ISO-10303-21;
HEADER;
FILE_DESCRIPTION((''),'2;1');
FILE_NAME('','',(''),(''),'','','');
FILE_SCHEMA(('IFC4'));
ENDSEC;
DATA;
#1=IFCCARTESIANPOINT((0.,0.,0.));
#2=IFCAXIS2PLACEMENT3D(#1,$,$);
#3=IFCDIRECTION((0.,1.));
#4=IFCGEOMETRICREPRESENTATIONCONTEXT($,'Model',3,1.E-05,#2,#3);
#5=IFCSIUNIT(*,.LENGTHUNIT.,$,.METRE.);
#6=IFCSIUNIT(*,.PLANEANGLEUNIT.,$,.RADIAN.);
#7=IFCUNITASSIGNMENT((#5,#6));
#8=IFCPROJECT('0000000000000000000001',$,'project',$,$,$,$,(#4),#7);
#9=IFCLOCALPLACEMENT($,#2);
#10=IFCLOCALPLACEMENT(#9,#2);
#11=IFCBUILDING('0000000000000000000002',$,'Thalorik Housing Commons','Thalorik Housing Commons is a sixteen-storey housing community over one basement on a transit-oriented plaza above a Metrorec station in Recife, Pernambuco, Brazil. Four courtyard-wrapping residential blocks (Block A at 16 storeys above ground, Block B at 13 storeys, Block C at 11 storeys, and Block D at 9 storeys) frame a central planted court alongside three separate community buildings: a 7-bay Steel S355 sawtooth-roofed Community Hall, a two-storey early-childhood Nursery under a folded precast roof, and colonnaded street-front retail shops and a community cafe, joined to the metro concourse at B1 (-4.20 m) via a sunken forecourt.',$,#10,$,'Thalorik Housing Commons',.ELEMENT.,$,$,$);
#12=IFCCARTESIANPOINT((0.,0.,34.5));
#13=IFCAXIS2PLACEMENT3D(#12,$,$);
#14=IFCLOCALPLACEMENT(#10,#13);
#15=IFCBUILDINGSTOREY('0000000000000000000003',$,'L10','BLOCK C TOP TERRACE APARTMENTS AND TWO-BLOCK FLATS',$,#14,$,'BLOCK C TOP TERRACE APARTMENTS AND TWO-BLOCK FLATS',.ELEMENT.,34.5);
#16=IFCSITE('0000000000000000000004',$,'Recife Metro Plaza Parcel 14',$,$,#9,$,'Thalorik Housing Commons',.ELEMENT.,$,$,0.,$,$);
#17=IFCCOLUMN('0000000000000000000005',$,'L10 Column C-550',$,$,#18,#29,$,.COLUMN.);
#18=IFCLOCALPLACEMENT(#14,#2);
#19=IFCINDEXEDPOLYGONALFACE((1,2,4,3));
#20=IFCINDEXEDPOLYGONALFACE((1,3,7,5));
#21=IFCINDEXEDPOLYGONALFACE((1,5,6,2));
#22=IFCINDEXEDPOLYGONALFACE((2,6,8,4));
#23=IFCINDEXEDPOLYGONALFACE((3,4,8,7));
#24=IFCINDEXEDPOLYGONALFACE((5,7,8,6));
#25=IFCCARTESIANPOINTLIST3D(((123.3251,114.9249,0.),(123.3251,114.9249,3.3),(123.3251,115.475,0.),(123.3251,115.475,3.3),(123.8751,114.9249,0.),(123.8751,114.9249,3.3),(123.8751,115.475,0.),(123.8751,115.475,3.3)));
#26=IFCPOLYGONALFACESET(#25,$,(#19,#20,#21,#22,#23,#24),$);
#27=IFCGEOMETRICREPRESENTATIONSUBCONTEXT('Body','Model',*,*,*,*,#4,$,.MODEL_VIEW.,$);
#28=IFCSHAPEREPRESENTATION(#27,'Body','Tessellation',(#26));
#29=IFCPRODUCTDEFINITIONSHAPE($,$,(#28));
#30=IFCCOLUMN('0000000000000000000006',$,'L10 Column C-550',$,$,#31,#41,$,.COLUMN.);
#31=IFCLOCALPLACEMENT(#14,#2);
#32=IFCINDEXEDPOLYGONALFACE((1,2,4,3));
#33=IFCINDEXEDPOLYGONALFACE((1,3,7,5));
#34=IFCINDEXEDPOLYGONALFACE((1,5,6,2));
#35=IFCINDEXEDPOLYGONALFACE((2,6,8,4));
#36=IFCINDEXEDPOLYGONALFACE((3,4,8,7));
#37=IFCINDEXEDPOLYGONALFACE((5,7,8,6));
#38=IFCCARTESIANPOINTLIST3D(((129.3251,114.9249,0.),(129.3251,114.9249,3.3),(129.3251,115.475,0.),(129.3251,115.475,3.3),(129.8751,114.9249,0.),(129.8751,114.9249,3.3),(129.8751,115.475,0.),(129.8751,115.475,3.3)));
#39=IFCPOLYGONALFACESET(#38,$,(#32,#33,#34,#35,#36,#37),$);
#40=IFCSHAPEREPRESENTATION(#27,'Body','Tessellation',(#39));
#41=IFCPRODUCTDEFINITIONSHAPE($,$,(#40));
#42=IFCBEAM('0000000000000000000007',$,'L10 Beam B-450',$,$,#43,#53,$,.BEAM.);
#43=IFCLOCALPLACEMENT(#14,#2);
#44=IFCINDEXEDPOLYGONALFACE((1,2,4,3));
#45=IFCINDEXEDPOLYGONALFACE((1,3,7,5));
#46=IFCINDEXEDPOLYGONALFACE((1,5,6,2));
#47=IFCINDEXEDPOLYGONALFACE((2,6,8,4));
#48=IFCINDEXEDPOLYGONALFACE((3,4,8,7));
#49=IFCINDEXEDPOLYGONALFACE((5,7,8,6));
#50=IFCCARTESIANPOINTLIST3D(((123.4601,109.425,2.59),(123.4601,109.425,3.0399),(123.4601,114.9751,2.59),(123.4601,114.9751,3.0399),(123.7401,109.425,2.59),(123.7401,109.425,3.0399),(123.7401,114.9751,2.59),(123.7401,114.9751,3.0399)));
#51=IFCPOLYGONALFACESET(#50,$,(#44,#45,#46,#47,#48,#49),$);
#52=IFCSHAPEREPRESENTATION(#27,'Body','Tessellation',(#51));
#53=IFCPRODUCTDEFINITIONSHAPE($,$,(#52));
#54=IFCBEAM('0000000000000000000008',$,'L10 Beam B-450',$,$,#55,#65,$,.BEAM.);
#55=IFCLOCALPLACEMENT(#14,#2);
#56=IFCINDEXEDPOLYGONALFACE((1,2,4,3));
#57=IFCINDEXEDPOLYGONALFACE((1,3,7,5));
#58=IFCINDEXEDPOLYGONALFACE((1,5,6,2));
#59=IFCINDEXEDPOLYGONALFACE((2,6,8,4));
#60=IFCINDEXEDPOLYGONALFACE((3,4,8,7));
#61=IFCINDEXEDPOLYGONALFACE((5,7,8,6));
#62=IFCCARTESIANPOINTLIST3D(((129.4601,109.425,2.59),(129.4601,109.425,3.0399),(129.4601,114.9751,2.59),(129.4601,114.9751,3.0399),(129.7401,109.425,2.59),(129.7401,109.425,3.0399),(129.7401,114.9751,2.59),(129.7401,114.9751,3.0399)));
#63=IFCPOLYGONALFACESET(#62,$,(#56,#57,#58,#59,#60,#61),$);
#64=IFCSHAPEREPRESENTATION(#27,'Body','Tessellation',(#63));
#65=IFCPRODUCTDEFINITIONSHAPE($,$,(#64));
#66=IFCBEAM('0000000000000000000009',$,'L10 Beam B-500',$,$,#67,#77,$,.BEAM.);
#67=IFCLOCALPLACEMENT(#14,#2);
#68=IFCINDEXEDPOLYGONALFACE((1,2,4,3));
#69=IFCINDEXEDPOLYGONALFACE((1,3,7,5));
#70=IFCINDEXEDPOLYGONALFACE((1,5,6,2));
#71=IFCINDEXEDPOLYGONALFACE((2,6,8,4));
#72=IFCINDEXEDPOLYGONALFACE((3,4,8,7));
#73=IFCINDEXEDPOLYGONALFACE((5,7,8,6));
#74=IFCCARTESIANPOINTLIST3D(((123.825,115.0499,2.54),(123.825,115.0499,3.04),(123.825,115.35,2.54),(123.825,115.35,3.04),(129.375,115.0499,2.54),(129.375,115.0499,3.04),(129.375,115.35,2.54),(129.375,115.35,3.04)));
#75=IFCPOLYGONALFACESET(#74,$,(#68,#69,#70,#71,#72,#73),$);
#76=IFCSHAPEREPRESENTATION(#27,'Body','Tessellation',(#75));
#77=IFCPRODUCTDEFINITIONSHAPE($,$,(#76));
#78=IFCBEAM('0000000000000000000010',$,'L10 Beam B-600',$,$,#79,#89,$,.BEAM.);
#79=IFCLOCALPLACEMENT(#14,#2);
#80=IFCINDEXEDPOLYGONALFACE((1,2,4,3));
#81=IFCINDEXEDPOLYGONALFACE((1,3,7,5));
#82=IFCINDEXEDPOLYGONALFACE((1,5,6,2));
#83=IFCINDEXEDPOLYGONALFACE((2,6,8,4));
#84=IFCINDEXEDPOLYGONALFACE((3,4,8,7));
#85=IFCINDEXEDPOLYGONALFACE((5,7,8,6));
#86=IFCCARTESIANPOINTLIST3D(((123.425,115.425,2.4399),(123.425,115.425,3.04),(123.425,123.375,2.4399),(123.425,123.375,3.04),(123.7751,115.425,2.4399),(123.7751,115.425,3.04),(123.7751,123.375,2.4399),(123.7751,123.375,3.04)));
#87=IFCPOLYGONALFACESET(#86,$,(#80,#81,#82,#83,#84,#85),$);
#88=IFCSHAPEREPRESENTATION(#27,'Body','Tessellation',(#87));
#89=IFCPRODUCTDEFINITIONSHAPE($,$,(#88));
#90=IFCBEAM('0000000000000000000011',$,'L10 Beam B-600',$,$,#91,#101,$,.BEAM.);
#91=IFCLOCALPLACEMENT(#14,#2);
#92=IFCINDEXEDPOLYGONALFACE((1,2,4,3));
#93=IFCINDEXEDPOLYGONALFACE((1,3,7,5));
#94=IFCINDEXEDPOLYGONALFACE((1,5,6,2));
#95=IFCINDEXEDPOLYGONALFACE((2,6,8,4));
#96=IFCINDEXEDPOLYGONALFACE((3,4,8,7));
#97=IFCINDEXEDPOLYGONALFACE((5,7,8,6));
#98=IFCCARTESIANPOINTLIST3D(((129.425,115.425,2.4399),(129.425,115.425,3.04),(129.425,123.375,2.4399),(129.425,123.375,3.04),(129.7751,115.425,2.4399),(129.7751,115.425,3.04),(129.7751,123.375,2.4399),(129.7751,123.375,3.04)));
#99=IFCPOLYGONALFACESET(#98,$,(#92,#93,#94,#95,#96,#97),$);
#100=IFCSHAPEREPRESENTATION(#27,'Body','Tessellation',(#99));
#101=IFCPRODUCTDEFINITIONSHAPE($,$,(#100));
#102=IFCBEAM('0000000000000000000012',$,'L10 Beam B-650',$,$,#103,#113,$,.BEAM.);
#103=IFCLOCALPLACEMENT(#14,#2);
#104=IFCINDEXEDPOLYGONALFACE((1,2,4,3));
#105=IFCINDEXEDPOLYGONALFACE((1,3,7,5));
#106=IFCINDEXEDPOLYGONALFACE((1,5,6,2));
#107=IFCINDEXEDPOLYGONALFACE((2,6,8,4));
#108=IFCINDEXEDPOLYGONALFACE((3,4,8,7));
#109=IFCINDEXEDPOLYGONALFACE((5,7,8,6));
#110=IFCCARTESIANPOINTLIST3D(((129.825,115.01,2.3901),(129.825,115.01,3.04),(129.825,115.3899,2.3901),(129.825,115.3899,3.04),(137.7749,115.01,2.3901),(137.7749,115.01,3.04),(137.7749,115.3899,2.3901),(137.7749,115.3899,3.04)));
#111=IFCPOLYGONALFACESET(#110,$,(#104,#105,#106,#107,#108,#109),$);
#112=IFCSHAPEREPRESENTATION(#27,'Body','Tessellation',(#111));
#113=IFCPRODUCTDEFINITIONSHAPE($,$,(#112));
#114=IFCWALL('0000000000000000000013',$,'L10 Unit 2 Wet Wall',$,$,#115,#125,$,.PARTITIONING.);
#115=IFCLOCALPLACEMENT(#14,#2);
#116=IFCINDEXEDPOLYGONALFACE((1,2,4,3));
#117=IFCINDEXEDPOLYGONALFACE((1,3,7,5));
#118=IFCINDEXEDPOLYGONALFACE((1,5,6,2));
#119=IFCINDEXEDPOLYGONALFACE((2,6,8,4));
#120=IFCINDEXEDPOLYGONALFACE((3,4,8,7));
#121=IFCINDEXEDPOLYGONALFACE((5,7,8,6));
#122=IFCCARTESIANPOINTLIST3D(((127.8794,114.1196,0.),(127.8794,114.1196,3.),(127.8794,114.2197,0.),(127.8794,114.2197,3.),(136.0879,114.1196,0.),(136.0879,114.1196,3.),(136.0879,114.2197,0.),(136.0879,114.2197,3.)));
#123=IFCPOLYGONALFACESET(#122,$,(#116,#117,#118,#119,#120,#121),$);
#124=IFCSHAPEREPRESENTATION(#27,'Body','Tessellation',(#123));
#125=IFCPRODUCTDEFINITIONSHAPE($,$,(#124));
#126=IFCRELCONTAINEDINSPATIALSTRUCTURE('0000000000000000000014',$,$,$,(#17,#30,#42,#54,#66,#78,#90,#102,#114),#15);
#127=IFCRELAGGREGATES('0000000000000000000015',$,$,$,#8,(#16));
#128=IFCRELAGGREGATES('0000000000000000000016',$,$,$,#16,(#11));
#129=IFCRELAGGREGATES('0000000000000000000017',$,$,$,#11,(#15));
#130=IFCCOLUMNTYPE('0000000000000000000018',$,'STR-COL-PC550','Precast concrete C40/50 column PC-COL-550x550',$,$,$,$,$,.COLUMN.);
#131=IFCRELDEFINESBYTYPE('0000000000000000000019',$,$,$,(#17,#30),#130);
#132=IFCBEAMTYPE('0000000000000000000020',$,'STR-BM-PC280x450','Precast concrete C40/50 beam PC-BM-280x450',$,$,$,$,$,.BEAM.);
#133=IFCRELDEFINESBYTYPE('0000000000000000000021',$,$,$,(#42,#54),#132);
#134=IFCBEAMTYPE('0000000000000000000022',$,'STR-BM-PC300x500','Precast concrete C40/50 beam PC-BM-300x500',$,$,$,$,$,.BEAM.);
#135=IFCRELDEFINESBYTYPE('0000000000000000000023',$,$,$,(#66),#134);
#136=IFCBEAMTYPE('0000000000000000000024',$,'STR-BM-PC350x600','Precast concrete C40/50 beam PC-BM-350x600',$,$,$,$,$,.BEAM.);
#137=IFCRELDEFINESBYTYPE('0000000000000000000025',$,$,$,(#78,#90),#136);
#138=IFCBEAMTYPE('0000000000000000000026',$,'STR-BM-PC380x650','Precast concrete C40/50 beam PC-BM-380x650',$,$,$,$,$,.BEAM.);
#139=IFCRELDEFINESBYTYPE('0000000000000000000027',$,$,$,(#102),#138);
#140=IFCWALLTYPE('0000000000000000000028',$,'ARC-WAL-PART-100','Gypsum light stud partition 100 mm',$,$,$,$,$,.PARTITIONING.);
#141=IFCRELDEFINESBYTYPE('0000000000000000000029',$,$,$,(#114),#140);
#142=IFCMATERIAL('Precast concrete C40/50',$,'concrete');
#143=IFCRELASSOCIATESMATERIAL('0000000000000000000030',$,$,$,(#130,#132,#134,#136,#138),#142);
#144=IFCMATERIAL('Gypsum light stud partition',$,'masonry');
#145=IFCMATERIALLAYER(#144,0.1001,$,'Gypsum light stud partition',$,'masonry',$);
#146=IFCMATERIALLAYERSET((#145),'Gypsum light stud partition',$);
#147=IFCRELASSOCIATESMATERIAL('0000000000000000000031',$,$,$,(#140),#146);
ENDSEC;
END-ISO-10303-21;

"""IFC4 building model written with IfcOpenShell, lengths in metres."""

from ifc_helpers import new_model, si_unit, direction, frame, frame_2d, origin, origin_2d, place, context, subcontext, project, spatial, rectangle, extrude, material, layer, layer_set, material_profile, profile_set, type_object, element, save


model = new_model("IFC4")

# Units and contexts
model_context = context("Model", 3, precision=1e-05, world=origin(), true_north=direction((0.0, 1.0)))
body_context = subcontext(model_context, "Body", "Model", "MODEL_VIEW")
ifc_project = project(units=[si_unit("LENGTHUNIT", "METRE"), si_unit("PLANEANGLEUNIT", "RADIAN")], contexts=[model_context])

# Site, building, storey
site_placement = place(None, origin())
site = spatial("IfcSite", under=ifc_project, at=site_placement, Name="Recife Metro Plaza Parcel 14", LongName="Thalorik Housing Commons", CompositionType="ELEMENT", RefElevation=0.0)
building_placement = place(site_placement, origin())
building = spatial("IfcBuilding", under=site, at=building_placement, Name="Thalorik Housing Commons", Description="Thalorik Housing Commons is a sixteen-storey housing community over one basement on a transit-oriented plaza above a Metrorec station in Recife, Pernambuco, Brazil. Four courtyard-wrapping residential blocks (Block A at 16 storeys above ground, Block B at 13 storeys, Block C at 11 storeys, and Block D at 9 storeys) frame a central planted court alongside three separate community buildings: a 7-bay Steel S355 sawtooth-roofed Community Hall, a two-storey early-childhood Nursery under a folded precast roof, and colonnaded street-front retail shops and a community cafe, joined to the metro concourse at B1 (-4.20 m) via a sunken forecourt.", LongName="Thalorik Housing Commons", CompositionType="ELEMENT")
storey_placement = place(building_placement, frame((0.0, 0.0, 34.5)))
storey = spatial("IfcBuildingStorey", under=building, at=storey_placement, Name="L10", Description="BLOCK C TOP TERRACE APARTMENTS AND TWO-BLOCK FLATS", LongName="BLOCK C TOP TERRACE APARTMENTS AND TWO-BLOCK FLATS", CompositionType="ELEMENT", Elevation=34.5)

# Columns
ifc_material_1 = material(Name="Precast concrete C40/50", Category="concrete")
ifc_material_profile_1 = material_profile(ifc_material_1, rectangle(XDim=0.55, YDim=0.55, at=origin_2d()), Name="PC 550x550", Category="concrete")
ifc_profile_set_1 = profile_set([ifc_material_profile_1], Name="Precast concrete C40/50")
column_type = type_object("IfcColumnType", Name="STR-COL-PC550", Description="Precast concrete C40/50 column PC-COL-550x550", PredefinedType="COLUMN", material=ifc_profile_set_1)
for number, where, z_axis, x_axis, name in (
    (1, (123.6001, 115.2, 0.0), (0.0, 0.0, 1.0), (1.0, 0.0, 0.0), "L10 Column C-550"),
    (2, (129.6001, 115.2, 0.0), (0.0, 0.0, 1.0), (1.0, 0.0, 0.0), "L10 Column C-550"),
):
    element("IfcColumn", number, at=place(storey_placement, frame(where, z_axis=z_axis, x_axis=x_axis)), inside=storey, type_object=column_type, Name=name, PredefinedType="COLUMN", context=body_context, shape_type="SweptSolid", body=[
        extrude(rectangle(XDim=0.55, YDim=0.55, at=origin_2d()), origin(), (0.0, 0.0, 1.0), 3.3),
    ])

# Beams
ifc_material_profile_2 = material_profile(ifc_material_1, rectangle(XDim=0.28, YDim=0.45, at=origin_2d()), Name="PC 280x450", Category="concrete")
ifc_profile_set_2 = profile_set([ifc_material_profile_2], Name="Precast concrete C40/50")
beam_type_1 = type_object("IfcBeamType", Name="STR-BM-PC280x450", Description="Precast concrete C40/50 beam PC-BM-280x450", PredefinedType="BEAM", material=ifc_profile_set_2)
for number, where, z_axis, x_axis, name in (
    (3, (123.6001, 109.425, 2.8149), (0.0, 1.0, 0.0), (-1.0, 0.0, 0.0), "L10 Beam B-450"),
    (4, (129.6001, 109.425, 2.8149), (0.0, 1.0, 0.0), (-1.0, 0.0, 0.0), "L10 Beam B-450"),
):
    element("IfcBeam", number, at=place(storey_placement, frame(where, z_axis=z_axis, x_axis=x_axis)), inside=storey, type_object=beam_type_1, Name=name, PredefinedType="BEAM", context=body_context, shape_type="SweptSolid", body=[
        extrude(rectangle(XDim=0.28, YDim=0.45, at=origin_2d()), origin(), (0.0, 0.0, 1.0), 5.55),
    ])
ifc_material_profile_3 = material_profile(ifc_material_1, rectangle(XDim=0.3, YDim=0.5, at=origin_2d()), Name="PC 300x500", Category="concrete")
ifc_profile_set_3 = profile_set([ifc_material_profile_3], Name="Precast concrete C40/50")
beam_type_2 = type_object("IfcBeamType", Name="STR-BM-PC300x500", Description="Precast concrete C40/50 beam PC-BM-300x500", PredefinedType="BEAM", material=ifc_profile_set_3)
beam_1_placement = place(storey_placement, frame((123.825, 115.2, 2.79), z_axis=(1.0, 0.0, 0.0), x_axis=(0.0, 1.0, 0.0)))
element("IfcBeam", 5, at=beam_1_placement, inside=storey, type_object=beam_type_2, Name="L10 Beam B-500", PredefinedType="BEAM", context=body_context, shape_type="SweptSolid", body=[
    extrude(rectangle(XDim=0.3, YDim=0.5, at=origin_2d()), origin(), (0.0, 0.0, 1.0), 5.55),
])
ifc_material_profile_4 = material_profile(ifc_material_1, rectangle(XDim=0.3501, YDim=0.6001, at=origin_2d()), Name="PC 350x600", Category="concrete")
ifc_profile_set_4 = profile_set([ifc_material_profile_4], Name="Precast concrete C40/50")
beam_type_3 = type_object("IfcBeamType", Name="STR-BM-PC350x600", Description="Precast concrete C40/50 beam PC-BM-350x600", PredefinedType="BEAM", material=ifc_profile_set_4)
for number, where, z_axis, x_axis, name in (
    (6, (123.6001, 115.425, 2.74), (0.0, 1.0, 0.0), (-1.0, 0.0, 0.0), "L10 Beam B-600"),
    (7, (129.6001, 115.425, 2.74), (0.0, 1.0, 0.0), (-1.0, 0.0, 0.0), "L10 Beam B-600"),
):
    element("IfcBeam", number, at=place(storey_placement, frame(where, z_axis=z_axis, x_axis=x_axis)), inside=storey, type_object=beam_type_3, Name=name, PredefinedType="BEAM", context=body_context, shape_type="SweptSolid", body=[
        extrude(rectangle(XDim=0.3501, YDim=0.6001, at=origin_2d()), origin(), (0.0, 0.0, 1.0), 7.95),
    ])
ifc_material_profile_5 = material_profile(ifc_material_1, rectangle(XDim=0.3799, YDim=0.6499, at=origin_2d()), Name="PC 380x650", Category="concrete")
ifc_profile_set_5 = profile_set([ifc_material_profile_5], Name="Precast concrete C40/50")
beam_type_4 = type_object("IfcBeamType", Name="STR-BM-PC380x650", Description="Precast concrete C40/50 beam PC-BM-380x650", PredefinedType="BEAM", material=ifc_profile_set_5)
beam_2_placement = place(storey_placement, frame((129.825, 115.2, 2.7151), z_axis=(1.0, 0.0, 0.0), x_axis=(0.0, 1.0, 0.0)))
element("IfcBeam", 8, at=beam_2_placement, inside=storey, type_object=beam_type_4, Name="L10 Beam B-650", PredefinedType="BEAM", context=body_context, shape_type="SweptSolid", body=[
    extrude(rectangle(XDim=0.3799, YDim=0.6499, at=origin_2d()), origin(), (0.0, 0.0, 1.0), 7.95),
])

# Wall
ifc_material_2 = material(Name="Gypsum light stud partition", Category="masonry")
ifc_layer_1 = layer(ifc_material_2, 0.1001, Name="Gypsum light stud partition", Category="masonry")
ifc_layer_set_1 = layer_set([ifc_layer_1], Name="Gypsum light stud partition")
wall_type_1 = type_object("IfcWallType", Name="ARC-WAL-PART-100", Description="Gypsum light stud partition 100 mm", PredefinedType="PARTITIONING", material=ifc_layer_set_1)
wall_1_placement = place(storey_placement, frame((127.8794, 114.1697, 0.0), z_axis=(0.0, 0.0, 1.0), x_axis=(1.0, 0.0, 0.0)))
element("IfcWall", 9, at=wall_1_placement, inside=storey, type_object=wall_type_1, Name="L10 Unit 2 Wet Wall", PredefinedType="PARTITIONING", context=body_context, shape_type="SweptSolid", body=[
    extrude(rectangle(XDim=8.2085, YDim=0.1001, at=frame_2d((4.1042, 0.0))), origin(), (0.0, 0.0, 1.0), 3.0),
])

save(model, "model.ifc")
